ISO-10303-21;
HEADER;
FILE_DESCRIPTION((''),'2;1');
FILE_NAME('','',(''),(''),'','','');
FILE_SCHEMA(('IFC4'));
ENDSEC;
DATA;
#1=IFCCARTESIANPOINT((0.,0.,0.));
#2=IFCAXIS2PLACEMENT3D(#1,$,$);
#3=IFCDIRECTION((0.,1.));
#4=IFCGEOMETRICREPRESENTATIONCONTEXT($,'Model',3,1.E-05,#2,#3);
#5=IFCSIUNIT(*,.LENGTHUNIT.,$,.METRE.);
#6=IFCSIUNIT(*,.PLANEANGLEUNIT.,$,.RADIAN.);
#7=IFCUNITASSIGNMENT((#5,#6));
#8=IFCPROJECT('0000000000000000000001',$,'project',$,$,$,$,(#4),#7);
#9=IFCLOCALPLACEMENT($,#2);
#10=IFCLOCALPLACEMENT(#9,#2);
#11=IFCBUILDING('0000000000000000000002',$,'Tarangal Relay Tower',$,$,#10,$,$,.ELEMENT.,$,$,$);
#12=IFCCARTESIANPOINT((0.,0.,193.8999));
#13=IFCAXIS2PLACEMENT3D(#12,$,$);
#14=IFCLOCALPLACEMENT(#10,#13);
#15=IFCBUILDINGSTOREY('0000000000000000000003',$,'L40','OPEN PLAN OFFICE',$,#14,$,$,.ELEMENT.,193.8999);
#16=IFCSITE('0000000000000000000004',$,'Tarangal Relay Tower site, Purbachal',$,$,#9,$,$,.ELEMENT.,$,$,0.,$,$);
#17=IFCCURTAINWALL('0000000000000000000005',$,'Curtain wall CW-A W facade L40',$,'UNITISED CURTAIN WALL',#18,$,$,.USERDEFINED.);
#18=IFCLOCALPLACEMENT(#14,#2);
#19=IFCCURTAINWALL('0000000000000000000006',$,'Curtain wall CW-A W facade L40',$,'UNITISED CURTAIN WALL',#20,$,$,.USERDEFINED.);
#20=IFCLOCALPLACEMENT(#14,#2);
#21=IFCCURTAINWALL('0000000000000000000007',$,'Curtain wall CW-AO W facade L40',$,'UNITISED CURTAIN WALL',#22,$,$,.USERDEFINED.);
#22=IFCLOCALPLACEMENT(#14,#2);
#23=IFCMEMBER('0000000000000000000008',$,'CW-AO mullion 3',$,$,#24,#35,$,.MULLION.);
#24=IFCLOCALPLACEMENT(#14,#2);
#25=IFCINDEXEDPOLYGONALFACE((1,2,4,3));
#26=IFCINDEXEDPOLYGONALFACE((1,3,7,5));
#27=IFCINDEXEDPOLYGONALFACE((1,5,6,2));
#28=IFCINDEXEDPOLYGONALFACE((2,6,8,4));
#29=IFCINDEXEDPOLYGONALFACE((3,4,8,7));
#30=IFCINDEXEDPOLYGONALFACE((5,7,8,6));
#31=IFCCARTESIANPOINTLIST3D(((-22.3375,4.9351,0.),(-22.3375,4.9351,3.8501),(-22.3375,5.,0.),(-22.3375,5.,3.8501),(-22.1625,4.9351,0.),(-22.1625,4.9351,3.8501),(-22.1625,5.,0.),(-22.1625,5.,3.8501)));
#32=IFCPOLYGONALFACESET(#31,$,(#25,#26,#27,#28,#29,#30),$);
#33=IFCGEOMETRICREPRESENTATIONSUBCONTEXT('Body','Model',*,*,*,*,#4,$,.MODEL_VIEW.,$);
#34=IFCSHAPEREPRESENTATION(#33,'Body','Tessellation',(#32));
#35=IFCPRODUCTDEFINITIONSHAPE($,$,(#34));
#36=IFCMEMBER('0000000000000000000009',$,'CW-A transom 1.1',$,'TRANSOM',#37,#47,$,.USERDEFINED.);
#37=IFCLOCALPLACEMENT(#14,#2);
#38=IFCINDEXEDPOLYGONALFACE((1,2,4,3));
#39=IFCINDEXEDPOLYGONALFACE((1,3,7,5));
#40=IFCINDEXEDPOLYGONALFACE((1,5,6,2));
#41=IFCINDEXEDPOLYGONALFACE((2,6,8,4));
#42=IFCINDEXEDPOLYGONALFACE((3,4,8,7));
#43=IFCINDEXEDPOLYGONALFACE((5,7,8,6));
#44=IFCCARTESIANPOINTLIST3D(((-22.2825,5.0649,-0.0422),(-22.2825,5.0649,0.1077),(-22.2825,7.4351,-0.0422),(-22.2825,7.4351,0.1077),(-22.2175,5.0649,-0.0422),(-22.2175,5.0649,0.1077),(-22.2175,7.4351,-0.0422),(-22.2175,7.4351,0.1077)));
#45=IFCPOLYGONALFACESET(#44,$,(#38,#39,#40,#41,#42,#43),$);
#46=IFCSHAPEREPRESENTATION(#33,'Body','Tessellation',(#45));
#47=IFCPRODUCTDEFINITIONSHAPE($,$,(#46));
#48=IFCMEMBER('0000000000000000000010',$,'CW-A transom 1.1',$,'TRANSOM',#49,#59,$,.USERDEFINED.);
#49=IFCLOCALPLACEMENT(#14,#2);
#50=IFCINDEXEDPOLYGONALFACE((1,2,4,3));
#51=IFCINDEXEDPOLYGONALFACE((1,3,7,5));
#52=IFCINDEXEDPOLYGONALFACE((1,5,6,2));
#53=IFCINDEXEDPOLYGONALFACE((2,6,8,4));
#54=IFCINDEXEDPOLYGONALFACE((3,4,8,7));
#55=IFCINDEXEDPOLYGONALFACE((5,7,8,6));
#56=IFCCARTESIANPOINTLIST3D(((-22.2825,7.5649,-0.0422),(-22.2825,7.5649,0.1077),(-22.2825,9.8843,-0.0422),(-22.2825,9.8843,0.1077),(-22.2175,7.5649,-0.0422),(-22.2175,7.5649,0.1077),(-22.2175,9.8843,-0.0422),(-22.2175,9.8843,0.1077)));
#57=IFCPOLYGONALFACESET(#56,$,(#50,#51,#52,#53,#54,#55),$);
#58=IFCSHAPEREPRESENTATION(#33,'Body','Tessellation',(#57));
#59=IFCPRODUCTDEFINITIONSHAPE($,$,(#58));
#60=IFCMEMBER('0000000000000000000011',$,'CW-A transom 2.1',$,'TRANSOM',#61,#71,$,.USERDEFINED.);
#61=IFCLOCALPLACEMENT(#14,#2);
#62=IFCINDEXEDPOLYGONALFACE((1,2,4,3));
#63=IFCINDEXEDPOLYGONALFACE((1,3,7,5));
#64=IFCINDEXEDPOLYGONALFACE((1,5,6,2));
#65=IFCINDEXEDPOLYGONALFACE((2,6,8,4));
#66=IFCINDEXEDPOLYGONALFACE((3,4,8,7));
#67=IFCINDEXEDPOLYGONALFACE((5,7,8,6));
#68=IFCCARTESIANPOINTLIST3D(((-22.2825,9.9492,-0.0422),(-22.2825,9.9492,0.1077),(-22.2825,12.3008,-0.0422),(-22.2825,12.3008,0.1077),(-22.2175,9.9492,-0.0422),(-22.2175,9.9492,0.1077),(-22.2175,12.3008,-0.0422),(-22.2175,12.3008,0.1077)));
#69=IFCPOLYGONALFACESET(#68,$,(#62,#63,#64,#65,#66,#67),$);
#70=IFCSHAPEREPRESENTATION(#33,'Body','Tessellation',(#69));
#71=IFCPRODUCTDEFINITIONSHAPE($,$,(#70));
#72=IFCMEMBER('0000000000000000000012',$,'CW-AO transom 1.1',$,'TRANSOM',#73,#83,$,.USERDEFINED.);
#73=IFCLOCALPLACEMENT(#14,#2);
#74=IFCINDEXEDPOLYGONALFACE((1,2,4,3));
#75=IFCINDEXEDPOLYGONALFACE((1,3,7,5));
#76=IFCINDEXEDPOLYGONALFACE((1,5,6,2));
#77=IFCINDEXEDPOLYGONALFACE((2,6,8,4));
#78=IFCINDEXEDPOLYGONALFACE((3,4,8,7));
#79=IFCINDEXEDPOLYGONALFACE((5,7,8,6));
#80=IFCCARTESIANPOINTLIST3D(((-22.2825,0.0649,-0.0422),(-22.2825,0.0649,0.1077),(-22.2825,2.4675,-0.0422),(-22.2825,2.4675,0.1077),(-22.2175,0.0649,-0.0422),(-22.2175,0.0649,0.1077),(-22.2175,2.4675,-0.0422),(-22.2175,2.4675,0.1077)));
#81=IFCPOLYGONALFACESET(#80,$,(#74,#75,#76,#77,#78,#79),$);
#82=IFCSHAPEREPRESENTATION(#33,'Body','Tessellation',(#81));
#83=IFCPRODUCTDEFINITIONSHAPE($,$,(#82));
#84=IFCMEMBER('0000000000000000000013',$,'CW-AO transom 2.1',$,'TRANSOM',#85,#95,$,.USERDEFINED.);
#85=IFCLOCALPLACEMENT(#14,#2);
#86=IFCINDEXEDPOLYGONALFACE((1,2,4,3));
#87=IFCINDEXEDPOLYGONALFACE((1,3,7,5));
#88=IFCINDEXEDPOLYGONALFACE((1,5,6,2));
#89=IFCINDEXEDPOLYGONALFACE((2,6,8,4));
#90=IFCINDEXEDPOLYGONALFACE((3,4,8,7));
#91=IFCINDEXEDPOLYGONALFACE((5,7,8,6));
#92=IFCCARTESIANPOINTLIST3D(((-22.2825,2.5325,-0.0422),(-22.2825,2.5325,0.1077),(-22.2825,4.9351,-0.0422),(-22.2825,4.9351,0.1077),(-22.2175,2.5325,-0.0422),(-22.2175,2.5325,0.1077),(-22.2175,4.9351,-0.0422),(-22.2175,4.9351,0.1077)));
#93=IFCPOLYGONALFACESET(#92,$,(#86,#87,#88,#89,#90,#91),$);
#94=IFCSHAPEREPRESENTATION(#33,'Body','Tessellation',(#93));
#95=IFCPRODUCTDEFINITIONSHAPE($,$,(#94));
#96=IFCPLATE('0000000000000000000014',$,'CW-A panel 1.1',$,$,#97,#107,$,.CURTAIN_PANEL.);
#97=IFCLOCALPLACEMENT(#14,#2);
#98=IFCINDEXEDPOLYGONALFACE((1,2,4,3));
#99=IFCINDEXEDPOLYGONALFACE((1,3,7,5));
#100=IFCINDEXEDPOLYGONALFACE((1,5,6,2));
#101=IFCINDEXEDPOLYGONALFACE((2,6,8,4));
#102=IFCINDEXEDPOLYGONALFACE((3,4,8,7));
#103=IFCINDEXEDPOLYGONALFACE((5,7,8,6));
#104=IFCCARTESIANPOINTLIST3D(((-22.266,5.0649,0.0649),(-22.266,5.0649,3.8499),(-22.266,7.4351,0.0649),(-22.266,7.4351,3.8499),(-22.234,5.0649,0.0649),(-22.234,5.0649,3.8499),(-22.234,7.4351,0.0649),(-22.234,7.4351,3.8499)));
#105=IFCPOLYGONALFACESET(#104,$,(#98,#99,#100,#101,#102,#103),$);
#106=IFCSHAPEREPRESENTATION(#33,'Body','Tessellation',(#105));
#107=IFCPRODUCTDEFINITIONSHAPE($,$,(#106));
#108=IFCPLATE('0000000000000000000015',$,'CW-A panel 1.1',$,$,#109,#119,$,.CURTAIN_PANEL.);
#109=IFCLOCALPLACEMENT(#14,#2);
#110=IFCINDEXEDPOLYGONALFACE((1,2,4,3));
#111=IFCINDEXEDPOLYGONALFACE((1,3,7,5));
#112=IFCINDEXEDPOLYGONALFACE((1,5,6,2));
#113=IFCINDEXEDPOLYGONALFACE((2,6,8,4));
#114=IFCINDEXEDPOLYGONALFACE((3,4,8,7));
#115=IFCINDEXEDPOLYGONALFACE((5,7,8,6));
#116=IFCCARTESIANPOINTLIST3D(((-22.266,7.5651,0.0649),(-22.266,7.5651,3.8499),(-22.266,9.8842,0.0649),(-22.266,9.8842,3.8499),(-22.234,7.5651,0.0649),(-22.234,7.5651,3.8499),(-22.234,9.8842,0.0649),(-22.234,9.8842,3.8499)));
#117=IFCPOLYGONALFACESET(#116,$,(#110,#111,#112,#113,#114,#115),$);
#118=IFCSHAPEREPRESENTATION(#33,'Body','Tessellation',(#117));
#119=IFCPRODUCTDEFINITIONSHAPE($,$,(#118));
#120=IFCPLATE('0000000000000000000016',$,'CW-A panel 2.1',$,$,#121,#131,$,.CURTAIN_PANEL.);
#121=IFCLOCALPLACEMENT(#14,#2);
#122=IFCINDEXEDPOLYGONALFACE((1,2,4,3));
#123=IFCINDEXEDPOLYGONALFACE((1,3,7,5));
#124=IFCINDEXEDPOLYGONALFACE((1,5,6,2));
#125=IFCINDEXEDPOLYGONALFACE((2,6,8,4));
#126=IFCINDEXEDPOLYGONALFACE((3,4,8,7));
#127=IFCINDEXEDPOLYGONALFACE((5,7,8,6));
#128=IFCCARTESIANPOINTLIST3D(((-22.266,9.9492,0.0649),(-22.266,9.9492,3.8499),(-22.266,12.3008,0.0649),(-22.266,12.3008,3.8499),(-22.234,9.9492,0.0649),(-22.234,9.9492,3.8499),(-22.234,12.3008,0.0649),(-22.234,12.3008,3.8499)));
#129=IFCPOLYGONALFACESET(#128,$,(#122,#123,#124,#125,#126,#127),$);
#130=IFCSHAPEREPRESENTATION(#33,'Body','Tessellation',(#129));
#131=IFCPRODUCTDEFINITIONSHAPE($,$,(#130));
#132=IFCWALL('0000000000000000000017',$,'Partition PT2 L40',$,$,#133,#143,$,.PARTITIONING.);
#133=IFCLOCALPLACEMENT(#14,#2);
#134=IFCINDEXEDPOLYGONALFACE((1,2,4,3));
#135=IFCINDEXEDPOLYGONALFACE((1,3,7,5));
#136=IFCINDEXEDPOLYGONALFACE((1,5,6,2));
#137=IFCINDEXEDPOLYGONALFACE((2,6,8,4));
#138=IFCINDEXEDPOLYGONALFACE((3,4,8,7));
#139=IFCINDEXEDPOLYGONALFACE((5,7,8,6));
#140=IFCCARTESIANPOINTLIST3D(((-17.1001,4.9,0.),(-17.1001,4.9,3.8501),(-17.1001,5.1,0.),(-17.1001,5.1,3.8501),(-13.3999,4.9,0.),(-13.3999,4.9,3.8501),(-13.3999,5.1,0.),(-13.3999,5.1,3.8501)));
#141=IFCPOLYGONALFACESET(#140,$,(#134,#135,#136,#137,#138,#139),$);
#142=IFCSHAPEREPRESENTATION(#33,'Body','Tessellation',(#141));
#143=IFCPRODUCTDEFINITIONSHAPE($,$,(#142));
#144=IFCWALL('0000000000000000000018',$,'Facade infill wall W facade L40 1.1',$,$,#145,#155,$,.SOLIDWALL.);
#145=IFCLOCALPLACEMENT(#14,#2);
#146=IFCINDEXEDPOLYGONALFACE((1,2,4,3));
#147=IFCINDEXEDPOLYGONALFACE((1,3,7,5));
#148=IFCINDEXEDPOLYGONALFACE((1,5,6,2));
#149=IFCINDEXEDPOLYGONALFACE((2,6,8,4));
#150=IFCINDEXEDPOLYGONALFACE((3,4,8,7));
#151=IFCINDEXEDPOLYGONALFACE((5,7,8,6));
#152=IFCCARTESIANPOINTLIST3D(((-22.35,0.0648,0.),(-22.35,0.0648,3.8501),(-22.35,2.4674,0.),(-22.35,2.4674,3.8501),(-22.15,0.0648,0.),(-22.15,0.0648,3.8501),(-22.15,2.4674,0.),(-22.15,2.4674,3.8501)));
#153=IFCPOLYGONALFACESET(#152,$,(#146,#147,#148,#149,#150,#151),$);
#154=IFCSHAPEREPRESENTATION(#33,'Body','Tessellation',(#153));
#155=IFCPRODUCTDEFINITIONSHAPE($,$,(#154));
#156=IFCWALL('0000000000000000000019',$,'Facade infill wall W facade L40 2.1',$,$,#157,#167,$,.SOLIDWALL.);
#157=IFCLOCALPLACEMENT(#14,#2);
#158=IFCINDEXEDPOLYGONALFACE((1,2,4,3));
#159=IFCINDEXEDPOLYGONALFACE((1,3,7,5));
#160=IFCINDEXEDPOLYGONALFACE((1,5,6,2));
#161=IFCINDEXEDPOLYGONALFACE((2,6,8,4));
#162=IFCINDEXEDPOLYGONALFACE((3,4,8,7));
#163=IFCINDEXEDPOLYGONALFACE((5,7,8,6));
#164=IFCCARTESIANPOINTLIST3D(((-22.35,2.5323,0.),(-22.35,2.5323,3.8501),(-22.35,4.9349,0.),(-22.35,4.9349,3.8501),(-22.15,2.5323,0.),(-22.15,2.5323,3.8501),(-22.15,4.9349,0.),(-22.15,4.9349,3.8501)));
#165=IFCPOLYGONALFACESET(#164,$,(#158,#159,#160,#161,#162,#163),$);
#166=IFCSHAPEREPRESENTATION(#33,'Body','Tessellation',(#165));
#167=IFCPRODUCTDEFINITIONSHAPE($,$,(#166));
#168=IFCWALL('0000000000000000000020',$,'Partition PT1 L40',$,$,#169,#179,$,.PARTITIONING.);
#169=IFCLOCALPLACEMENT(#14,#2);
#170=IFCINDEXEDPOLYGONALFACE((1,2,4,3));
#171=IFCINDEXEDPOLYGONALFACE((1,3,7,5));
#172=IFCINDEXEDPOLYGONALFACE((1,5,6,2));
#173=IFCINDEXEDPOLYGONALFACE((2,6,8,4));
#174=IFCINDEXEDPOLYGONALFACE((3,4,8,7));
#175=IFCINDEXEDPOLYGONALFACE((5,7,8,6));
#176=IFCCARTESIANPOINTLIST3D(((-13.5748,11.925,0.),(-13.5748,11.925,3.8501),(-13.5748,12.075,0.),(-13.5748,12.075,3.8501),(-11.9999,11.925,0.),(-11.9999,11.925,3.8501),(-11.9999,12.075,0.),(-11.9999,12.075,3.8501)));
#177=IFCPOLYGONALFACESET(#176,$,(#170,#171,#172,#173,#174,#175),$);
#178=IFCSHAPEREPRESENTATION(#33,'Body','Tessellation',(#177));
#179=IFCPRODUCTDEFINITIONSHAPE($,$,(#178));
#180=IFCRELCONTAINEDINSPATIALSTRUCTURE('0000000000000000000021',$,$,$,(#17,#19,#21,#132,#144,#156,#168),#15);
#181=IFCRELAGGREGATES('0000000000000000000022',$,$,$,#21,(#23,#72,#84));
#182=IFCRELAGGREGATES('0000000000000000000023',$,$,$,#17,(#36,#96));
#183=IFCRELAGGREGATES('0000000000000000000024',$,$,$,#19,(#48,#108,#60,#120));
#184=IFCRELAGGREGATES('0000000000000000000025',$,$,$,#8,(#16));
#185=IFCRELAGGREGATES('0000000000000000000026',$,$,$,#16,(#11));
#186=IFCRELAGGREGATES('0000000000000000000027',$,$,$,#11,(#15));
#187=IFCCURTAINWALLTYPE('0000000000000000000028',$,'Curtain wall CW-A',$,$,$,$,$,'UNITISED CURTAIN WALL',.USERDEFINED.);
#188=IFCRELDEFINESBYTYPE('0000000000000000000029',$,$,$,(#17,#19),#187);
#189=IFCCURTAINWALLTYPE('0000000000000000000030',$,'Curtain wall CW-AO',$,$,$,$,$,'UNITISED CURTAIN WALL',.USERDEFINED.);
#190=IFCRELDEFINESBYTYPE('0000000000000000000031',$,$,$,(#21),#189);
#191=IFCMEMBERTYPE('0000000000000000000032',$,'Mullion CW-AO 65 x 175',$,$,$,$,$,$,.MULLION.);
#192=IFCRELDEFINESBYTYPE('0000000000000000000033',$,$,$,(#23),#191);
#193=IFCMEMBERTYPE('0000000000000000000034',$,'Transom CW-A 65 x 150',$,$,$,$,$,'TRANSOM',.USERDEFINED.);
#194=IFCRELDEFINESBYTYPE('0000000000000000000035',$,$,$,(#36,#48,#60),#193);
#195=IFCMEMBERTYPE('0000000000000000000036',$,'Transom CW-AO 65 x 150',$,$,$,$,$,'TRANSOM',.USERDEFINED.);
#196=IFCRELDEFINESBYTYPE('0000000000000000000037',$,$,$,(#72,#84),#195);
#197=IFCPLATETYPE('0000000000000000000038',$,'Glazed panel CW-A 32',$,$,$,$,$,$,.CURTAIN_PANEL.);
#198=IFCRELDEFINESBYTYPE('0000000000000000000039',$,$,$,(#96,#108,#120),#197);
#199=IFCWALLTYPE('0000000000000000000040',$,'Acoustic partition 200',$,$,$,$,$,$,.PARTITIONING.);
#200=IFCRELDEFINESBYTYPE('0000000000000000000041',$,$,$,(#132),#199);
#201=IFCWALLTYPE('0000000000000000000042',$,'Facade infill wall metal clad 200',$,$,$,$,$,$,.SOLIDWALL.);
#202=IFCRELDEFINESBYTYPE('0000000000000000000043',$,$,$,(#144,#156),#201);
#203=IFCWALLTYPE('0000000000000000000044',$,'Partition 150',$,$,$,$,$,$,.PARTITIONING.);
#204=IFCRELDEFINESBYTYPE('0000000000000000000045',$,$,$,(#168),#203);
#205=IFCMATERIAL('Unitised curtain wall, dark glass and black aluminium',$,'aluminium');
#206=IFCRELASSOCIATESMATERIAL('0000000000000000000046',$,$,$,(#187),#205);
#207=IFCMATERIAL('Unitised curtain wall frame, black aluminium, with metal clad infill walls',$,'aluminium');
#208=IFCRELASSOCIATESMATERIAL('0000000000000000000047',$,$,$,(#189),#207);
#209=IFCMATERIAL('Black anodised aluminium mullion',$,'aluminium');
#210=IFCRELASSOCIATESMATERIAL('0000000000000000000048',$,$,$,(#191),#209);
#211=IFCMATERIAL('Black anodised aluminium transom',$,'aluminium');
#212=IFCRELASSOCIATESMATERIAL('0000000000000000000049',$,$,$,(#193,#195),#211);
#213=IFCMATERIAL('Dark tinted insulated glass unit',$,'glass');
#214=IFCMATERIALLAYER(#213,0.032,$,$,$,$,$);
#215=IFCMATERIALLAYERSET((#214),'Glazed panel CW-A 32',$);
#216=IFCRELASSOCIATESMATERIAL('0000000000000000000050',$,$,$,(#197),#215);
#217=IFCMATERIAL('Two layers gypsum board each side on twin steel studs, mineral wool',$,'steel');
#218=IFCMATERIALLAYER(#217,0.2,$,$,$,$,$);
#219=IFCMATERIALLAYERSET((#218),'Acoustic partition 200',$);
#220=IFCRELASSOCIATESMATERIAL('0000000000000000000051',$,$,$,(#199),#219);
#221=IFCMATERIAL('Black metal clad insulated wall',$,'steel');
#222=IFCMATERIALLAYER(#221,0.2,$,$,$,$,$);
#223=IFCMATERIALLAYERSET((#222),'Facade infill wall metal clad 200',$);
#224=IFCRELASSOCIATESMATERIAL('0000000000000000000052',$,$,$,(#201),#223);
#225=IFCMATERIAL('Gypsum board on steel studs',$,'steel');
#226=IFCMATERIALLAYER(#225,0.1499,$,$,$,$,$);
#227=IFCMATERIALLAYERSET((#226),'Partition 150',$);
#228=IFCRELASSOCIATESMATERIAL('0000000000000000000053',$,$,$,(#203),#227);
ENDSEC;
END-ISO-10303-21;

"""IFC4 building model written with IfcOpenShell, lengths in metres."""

from ifc_helpers import new_model, si_unit, direction, frame, frame_2d, origin, origin_2d, place, context, subcontext, project, spatial, rectangle, extrude, material, layer, layer_set, material_profile, profile_set, type_object, element, aggregate, save


model = new_model("IFC4")

# Units and contexts
model_context = context("Model", 3, precision=1e-05, world=origin(), true_north=direction((0.0, 1.0)))
body_context = subcontext(model_context, "Body", "Model", "MODEL_VIEW")
ifc_project = project(units=[si_unit("LENGTHUNIT", "METRE"), si_unit("PLANEANGLEUNIT", "RADIAN")], contexts=[model_context])

# Site, building, storey
site_placement = place(None, origin())
site = spatial("IfcSite", under=ifc_project, at=site_placement, Name="Tarangal Relay Tower site, Purbachal", CompositionType="ELEMENT", RefElevation=0.0)
building_placement = place(site_placement, origin())
building = spatial("IfcBuilding", under=site, at=building_placement, Name="Tarangal Relay Tower", CompositionType="ELEMENT")
storey_placement = place(building_placement, frame((0.0, 0.0, 193.8999)))
storey = spatial("IfcBuildingStorey", under=building, at=storey_placement, Name="L40", Description="OPEN PLAN OFFICE", CompositionType="ELEMENT", Elevation=193.8999)

# Curtain walls, member
ifc_material_1 = material(Name="Unitised curtain wall, dark glass and black aluminium", Category="aluminium")
curtain_wall_type_1 = type_object("IfcCurtainWallType", Name="Curtain wall CW-A", ElementType="UNITISED CURTAIN WALL", PredefinedType="USERDEFINED", material=ifc_material_1)
curtain_wall_1_placement = place(storey_placement, origin())
curtain_wall_1 = element("IfcCurtainWall", 1, at=curtain_wall_1_placement, inside=storey, type_object=curtain_wall_type_1, Name="Curtain wall CW-A W facade L40", ObjectType="UNITISED CURTAIN WALL", PredefinedType="USERDEFINED")
ifc_material_2 = material(Name="Black anodised aluminium mullion", Category="aluminium")
curtain_wall_2_placement = place(storey_placement, origin())
curtain_wall_2 = element("IfcCurtainWall", 2, at=curtain_wall_2_placement, inside=storey, type_object=curtain_wall_type_1, Name="Curtain wall CW-A W facade L40", ObjectType="UNITISED CURTAIN WALL", PredefinedType="USERDEFINED")
ifc_material_3 = material(Name="Unitised curtain wall frame, black aluminium, with metal clad infill walls", Category="aluminium")
curtain_wall_type_2 = type_object("IfcCurtainWallType", Name="Curtain wall CW-AO", ElementType="UNITISED CURTAIN WALL", PredefinedType="USERDEFINED", material=ifc_material_3)
curtain_wall_3_placement = place(storey_placement, origin())
curtain_wall_3 = element("IfcCurtainWall", 3, at=curtain_wall_3_placement, inside=storey, type_object=curtain_wall_type_2, Name="Curtain wall CW-AO W facade L40", ObjectType="UNITISED CURTAIN WALL", PredefinedType="USERDEFINED")
ifc_material_profile_1 = material_profile(ifc_material_2, rectangle(XDim=0.175, YDim=0.0649, at=origin_2d()), Name="CW-AOM 65X175")
ifc_profile_set_1 = profile_set([ifc_material_profile_1], Name="Black anodised aluminium mullion")
member_type_1 = type_object("IfcMemberType", Name="Mullion CW-AO 65 x 175", PredefinedType="MULLION", material=ifc_profile_set_1)
member_1_placement = place(storey_placement, frame((-22.25, 4.9675, 0.0), z_axis=(0.0, 0.0, 1.0), x_axis=(-1.0, 0.0, 0.0)))
member_1 = element("IfcMember", 4, at=member_1_placement, type_object=member_type_1, Name="CW-AO mullion 3", PredefinedType="MULLION", context=body_context, shape_type="SweptSolid", body=[
    extrude(rectangle(XDim=0.175, YDim=0.0649, at=origin_2d()), origin(), (0.0, 0.0, 1.0), 3.8501),
])

# Members
ifc_material_4 = material(Name="Black anodised aluminium transom", Category="aluminium")
ifc_material_profile_2 = material_profile(ifc_material_4, rectangle(XDim=0.0649, YDim=0.1499, at=origin_2d()), Name="CW-AT 65X150")
ifc_profile_set_2 = profile_set([ifc_material_profile_2], Name="Black anodised aluminium transom")
member_type_2 = type_object("IfcMemberType", Name="Transom CW-A 65 x 150", ElementType="TRANSOM", PredefinedType="USERDEFINED", material=ifc_profile_set_2)
member_2_placement = place(storey_placement, frame((-22.25, 5.0649, 0.0327), z_axis=(0.0, 1.0, 0.0), x_axis=(-1.0, 0.0, 0.0)))
member_2 = element("IfcMember", 5, at=member_2_placement, type_object=member_type_2, Name="CW-A transom 1.1", ObjectType="TRANSOM", PredefinedType="USERDEFINED", context=body_context, shape_type="SweptSolid", body=[
    extrude(rectangle(XDim=0.0649, YDim=0.1499, at=origin_2d()), origin(), (0.0, 0.0, 1.0), 2.3701),
])
member_3_placement = place(storey_placement, frame((-22.25, 7.5649, 0.0327), z_axis=(0.0, 1.0, 0.0), x_axis=(-1.0, 0.0, 0.0)))
member_3 = element("IfcMember", 6, at=member_3_placement, type_object=member_type_2, Name="CW-A transom 1.1", ObjectType="TRANSOM", PredefinedType="USERDEFINED", context=body_context, shape_type="SweptSolid", body=[
    extrude(rectangle(XDim=0.0649, YDim=0.1499, at=origin_2d()), origin(), (0.0, 0.0, 1.0), 2.3193),
])
member_4_placement = place(storey_placement, frame((-22.25, 9.9492, 0.0327), z_axis=(0.0, 1.0, 0.0), x_axis=(-1.0, 0.0, 0.0)))
member_4 = element("IfcMember", 7, at=member_4_placement, type_object=member_type_2, Name="CW-A transom 2.1", ObjectType="TRANSOM", PredefinedType="USERDEFINED", context=body_context, shape_type="SweptSolid", body=[
    extrude(rectangle(XDim=0.0649, YDim=0.1499, at=origin_2d()), origin(), (0.0, 0.0, 1.0), 2.3516),
])
ifc_material_profile_3 = material_profile(ifc_material_4, rectangle(XDim=0.0649, YDim=0.1499, at=origin_2d()), Name="CW-AOT 65X150")
ifc_profile_set_3 = profile_set([ifc_material_profile_3], Name="Black anodised aluminium transom")
member_type_3 = type_object("IfcMemberType", Name="Transom CW-AO 65 x 150", ElementType="TRANSOM", PredefinedType="USERDEFINED", material=ifc_profile_set_3)
member_5_placement = place(storey_placement, frame((-22.25, 0.0649, 0.0327), z_axis=(0.0, 1.0, 0.0), x_axis=(-1.0, 0.0, 0.0)))
member_5 = element("IfcMember", 8, at=member_5_placement, type_object=member_type_3, Name="CW-AO transom 1.1", ObjectType="TRANSOM", PredefinedType="USERDEFINED", context=body_context, shape_type="SweptSolid", body=[
    extrude(rectangle(XDim=0.0649, YDim=0.1499, at=origin_2d()), origin(), (0.0, 0.0, 1.0), 2.4026),
])
member_6_placement = place(storey_placement, frame((-22.25, 2.5325, 0.0327), z_axis=(0.0, 1.0, 0.0), x_axis=(-1.0, 0.0, 0.0)))
member_6 = element("IfcMember", 9, at=member_6_placement, type_object=member_type_3, Name="CW-AO transom 2.1", ObjectType="TRANSOM", PredefinedType="USERDEFINED", context=body_context, shape_type="SweptSolid", body=[
    extrude(rectangle(XDim=0.0649, YDim=0.1499, at=origin_2d()), origin(), (0.0, 0.0, 1.0), 2.4026),
])
aggregate(curtain_wall_3, [member_1, member_5, member_6])

# Plates
ifc_material_5 = material(Name="Dark tinted insulated glass unit", Category="glass")
ifc_layer_1 = layer(ifc_material_5, 0.032)
ifc_layer_set_1 = layer_set([ifc_layer_1], Name="Glazed panel CW-A 32")
plate_type = type_object("IfcPlateType", Name="Glazed panel CW-A 32", PredefinedType="CURTAIN_PANEL", material=ifc_layer_set_1)
plate_1_placement = place(storey_placement, frame((-22.25, 6.25, 0.0649), z_axis=(0.0, 0.0, 1.0), x_axis=(0.0, 1.0, 0.0)))
plate_1 = element("IfcPlate", 10, at=plate_1_placement, type_object=plate_type, Name="CW-A panel 1.1", PredefinedType="CURTAIN_PANEL", context=body_context, shape_type="SweptSolid", body=[
    extrude(rectangle(XDim=2.3701, YDim=0.032, at=origin_2d()), origin(), (0.0, 0.0, 1.0), 3.7849),
])
aggregate(curtain_wall_1, [member_2, plate_1])
plate_2_placement = place(storey_placement, frame((-22.25, 8.7246, 0.0649), z_axis=(0.0, 0.0, 1.0), x_axis=(0.0, 1.0, 0.0)))
plate_2 = element("IfcPlate", 11, at=plate_2_placement, type_object=plate_type, Name="CW-A panel 1.1", PredefinedType="CURTAIN_PANEL", context=body_context, shape_type="SweptSolid", body=[
    extrude(rectangle(XDim=2.3191, YDim=0.032, at=origin_2d()), origin(), (0.0, 0.0, 1.0), 3.7849),
])
plate_3_placement = place(storey_placement, frame((-22.25, 11.125, 0.0649), z_axis=(0.0, 0.0, 1.0), x_axis=(0.0, 1.0, 0.0)))
plate_3 = element("IfcPlate", 12, at=plate_3_placement, type_object=plate_type, Name="CW-A panel 2.1", PredefinedType="CURTAIN_PANEL", context=body_context, shape_type="SweptSolid", body=[
    extrude(rectangle(XDim=2.3516, YDim=0.032, at=origin_2d()), origin(), (0.0, 0.0, 1.0), 3.7849),
])
aggregate(curtain_wall_2, [member_3, plate_2, member_4, plate_3])

# Wall
ifc_material_6 = material(Name="Two layers gypsum board each side on twin steel studs, mineral wool", Category="steel")
ifc_layer_2 = layer(ifc_material_6, 0.2)
ifc_layer_set_2 = layer_set([ifc_layer_2], Name="Acoustic partition 200")
wall_type_1 = type_object("IfcWallType", Name="Acoustic partition 200", PredefinedType="PARTITIONING", material=ifc_layer_set_2)
wall_1_placement = place(storey_placement, frame((-17.1001, 5.0, 0.0), z_axis=(0.0, 0.0, 1.0), x_axis=(1.0, 0.0, 0.0)))
element("IfcWall", 13, at=wall_1_placement, inside=storey, type_object=wall_type_1, Name="Partition PT2 L40", PredefinedType="PARTITIONING", context=body_context, shape_type="SweptSolid", body=[
    extrude(rectangle(XDim=3.7002, YDim=0.2, at=frame_2d((1.8501, 0.0))), origin(), (0.0, 0.0, 1.0), 3.8501),
])

# Walls
ifc_material_7 = material(Name="Black metal clad insulated wall", Category="steel")
ifc_layer_3 = layer(ifc_material_7, 0.2)
ifc_layer_set_3 = layer_set([ifc_layer_3], Name="Facade infill wall metal clad 200")
wall_type_2 = type_object("IfcWallType", Name="Facade infill wall metal clad 200", PredefinedType="SOLIDWALL", material=ifc_layer_set_3)
for number, where, z_axis, x_axis, name in (
    (14, (-22.25, 0.0649, 0.0), (0.0, 0.0, 1.0), (0.0, 1.0, 0.0), "Facade infill wall W facade L40 1.1"),
    (15, (-22.25, 2.5325, 0.0), (0.0, 0.0, 1.0), (0.0, 1.0, 0.0), "Facade infill wall W facade L40 2.1"),
):
    element("IfcWall", number, at=place(storey_placement, frame(where, z_axis=z_axis, x_axis=x_axis)), inside=storey, type_object=wall_type_2, Name=name, PredefinedType="SOLIDWALL", context=body_context, shape_type="SweptSolid", body=[
        extrude(rectangle(XDim=2.4026, YDim=0.2, at=frame_2d((1.2012, 0.0))), origin(), (0.0, 0.0, 1.0), 3.8501),
    ])
ifc_material_8 = material(Name="Gypsum board on steel studs", Category="steel")
ifc_layer_4 = layer(ifc_material_8, 0.1499)
ifc_layer_set_4 = layer_set([ifc_layer_4], Name="Partition 150")
wall_type_3 = type_object("IfcWallType", Name="Partition 150", PredefinedType="PARTITIONING", material=ifc_layer_set_4)
wall_2_placement = place(storey_placement, frame((-13.575, 12.0, 0.0), z_axis=(0.0, 0.0, 1.0), x_axis=(1.0, 0.0, 0.0)))
element("IfcWall", 16, at=wall_2_placement, inside=storey, type_object=wall_type_3, Name="Partition PT1 L40", PredefinedType="PARTITIONING", context=body_context, shape_type="SweptSolid", body=[
    extrude(rectangle(XDim=1.575, YDim=0.1499, at=frame_2d((0.7876, 0.0))), origin(), (0.0, 0.0, 1.0), 3.8501),
])

save(model, "model.ifc")
